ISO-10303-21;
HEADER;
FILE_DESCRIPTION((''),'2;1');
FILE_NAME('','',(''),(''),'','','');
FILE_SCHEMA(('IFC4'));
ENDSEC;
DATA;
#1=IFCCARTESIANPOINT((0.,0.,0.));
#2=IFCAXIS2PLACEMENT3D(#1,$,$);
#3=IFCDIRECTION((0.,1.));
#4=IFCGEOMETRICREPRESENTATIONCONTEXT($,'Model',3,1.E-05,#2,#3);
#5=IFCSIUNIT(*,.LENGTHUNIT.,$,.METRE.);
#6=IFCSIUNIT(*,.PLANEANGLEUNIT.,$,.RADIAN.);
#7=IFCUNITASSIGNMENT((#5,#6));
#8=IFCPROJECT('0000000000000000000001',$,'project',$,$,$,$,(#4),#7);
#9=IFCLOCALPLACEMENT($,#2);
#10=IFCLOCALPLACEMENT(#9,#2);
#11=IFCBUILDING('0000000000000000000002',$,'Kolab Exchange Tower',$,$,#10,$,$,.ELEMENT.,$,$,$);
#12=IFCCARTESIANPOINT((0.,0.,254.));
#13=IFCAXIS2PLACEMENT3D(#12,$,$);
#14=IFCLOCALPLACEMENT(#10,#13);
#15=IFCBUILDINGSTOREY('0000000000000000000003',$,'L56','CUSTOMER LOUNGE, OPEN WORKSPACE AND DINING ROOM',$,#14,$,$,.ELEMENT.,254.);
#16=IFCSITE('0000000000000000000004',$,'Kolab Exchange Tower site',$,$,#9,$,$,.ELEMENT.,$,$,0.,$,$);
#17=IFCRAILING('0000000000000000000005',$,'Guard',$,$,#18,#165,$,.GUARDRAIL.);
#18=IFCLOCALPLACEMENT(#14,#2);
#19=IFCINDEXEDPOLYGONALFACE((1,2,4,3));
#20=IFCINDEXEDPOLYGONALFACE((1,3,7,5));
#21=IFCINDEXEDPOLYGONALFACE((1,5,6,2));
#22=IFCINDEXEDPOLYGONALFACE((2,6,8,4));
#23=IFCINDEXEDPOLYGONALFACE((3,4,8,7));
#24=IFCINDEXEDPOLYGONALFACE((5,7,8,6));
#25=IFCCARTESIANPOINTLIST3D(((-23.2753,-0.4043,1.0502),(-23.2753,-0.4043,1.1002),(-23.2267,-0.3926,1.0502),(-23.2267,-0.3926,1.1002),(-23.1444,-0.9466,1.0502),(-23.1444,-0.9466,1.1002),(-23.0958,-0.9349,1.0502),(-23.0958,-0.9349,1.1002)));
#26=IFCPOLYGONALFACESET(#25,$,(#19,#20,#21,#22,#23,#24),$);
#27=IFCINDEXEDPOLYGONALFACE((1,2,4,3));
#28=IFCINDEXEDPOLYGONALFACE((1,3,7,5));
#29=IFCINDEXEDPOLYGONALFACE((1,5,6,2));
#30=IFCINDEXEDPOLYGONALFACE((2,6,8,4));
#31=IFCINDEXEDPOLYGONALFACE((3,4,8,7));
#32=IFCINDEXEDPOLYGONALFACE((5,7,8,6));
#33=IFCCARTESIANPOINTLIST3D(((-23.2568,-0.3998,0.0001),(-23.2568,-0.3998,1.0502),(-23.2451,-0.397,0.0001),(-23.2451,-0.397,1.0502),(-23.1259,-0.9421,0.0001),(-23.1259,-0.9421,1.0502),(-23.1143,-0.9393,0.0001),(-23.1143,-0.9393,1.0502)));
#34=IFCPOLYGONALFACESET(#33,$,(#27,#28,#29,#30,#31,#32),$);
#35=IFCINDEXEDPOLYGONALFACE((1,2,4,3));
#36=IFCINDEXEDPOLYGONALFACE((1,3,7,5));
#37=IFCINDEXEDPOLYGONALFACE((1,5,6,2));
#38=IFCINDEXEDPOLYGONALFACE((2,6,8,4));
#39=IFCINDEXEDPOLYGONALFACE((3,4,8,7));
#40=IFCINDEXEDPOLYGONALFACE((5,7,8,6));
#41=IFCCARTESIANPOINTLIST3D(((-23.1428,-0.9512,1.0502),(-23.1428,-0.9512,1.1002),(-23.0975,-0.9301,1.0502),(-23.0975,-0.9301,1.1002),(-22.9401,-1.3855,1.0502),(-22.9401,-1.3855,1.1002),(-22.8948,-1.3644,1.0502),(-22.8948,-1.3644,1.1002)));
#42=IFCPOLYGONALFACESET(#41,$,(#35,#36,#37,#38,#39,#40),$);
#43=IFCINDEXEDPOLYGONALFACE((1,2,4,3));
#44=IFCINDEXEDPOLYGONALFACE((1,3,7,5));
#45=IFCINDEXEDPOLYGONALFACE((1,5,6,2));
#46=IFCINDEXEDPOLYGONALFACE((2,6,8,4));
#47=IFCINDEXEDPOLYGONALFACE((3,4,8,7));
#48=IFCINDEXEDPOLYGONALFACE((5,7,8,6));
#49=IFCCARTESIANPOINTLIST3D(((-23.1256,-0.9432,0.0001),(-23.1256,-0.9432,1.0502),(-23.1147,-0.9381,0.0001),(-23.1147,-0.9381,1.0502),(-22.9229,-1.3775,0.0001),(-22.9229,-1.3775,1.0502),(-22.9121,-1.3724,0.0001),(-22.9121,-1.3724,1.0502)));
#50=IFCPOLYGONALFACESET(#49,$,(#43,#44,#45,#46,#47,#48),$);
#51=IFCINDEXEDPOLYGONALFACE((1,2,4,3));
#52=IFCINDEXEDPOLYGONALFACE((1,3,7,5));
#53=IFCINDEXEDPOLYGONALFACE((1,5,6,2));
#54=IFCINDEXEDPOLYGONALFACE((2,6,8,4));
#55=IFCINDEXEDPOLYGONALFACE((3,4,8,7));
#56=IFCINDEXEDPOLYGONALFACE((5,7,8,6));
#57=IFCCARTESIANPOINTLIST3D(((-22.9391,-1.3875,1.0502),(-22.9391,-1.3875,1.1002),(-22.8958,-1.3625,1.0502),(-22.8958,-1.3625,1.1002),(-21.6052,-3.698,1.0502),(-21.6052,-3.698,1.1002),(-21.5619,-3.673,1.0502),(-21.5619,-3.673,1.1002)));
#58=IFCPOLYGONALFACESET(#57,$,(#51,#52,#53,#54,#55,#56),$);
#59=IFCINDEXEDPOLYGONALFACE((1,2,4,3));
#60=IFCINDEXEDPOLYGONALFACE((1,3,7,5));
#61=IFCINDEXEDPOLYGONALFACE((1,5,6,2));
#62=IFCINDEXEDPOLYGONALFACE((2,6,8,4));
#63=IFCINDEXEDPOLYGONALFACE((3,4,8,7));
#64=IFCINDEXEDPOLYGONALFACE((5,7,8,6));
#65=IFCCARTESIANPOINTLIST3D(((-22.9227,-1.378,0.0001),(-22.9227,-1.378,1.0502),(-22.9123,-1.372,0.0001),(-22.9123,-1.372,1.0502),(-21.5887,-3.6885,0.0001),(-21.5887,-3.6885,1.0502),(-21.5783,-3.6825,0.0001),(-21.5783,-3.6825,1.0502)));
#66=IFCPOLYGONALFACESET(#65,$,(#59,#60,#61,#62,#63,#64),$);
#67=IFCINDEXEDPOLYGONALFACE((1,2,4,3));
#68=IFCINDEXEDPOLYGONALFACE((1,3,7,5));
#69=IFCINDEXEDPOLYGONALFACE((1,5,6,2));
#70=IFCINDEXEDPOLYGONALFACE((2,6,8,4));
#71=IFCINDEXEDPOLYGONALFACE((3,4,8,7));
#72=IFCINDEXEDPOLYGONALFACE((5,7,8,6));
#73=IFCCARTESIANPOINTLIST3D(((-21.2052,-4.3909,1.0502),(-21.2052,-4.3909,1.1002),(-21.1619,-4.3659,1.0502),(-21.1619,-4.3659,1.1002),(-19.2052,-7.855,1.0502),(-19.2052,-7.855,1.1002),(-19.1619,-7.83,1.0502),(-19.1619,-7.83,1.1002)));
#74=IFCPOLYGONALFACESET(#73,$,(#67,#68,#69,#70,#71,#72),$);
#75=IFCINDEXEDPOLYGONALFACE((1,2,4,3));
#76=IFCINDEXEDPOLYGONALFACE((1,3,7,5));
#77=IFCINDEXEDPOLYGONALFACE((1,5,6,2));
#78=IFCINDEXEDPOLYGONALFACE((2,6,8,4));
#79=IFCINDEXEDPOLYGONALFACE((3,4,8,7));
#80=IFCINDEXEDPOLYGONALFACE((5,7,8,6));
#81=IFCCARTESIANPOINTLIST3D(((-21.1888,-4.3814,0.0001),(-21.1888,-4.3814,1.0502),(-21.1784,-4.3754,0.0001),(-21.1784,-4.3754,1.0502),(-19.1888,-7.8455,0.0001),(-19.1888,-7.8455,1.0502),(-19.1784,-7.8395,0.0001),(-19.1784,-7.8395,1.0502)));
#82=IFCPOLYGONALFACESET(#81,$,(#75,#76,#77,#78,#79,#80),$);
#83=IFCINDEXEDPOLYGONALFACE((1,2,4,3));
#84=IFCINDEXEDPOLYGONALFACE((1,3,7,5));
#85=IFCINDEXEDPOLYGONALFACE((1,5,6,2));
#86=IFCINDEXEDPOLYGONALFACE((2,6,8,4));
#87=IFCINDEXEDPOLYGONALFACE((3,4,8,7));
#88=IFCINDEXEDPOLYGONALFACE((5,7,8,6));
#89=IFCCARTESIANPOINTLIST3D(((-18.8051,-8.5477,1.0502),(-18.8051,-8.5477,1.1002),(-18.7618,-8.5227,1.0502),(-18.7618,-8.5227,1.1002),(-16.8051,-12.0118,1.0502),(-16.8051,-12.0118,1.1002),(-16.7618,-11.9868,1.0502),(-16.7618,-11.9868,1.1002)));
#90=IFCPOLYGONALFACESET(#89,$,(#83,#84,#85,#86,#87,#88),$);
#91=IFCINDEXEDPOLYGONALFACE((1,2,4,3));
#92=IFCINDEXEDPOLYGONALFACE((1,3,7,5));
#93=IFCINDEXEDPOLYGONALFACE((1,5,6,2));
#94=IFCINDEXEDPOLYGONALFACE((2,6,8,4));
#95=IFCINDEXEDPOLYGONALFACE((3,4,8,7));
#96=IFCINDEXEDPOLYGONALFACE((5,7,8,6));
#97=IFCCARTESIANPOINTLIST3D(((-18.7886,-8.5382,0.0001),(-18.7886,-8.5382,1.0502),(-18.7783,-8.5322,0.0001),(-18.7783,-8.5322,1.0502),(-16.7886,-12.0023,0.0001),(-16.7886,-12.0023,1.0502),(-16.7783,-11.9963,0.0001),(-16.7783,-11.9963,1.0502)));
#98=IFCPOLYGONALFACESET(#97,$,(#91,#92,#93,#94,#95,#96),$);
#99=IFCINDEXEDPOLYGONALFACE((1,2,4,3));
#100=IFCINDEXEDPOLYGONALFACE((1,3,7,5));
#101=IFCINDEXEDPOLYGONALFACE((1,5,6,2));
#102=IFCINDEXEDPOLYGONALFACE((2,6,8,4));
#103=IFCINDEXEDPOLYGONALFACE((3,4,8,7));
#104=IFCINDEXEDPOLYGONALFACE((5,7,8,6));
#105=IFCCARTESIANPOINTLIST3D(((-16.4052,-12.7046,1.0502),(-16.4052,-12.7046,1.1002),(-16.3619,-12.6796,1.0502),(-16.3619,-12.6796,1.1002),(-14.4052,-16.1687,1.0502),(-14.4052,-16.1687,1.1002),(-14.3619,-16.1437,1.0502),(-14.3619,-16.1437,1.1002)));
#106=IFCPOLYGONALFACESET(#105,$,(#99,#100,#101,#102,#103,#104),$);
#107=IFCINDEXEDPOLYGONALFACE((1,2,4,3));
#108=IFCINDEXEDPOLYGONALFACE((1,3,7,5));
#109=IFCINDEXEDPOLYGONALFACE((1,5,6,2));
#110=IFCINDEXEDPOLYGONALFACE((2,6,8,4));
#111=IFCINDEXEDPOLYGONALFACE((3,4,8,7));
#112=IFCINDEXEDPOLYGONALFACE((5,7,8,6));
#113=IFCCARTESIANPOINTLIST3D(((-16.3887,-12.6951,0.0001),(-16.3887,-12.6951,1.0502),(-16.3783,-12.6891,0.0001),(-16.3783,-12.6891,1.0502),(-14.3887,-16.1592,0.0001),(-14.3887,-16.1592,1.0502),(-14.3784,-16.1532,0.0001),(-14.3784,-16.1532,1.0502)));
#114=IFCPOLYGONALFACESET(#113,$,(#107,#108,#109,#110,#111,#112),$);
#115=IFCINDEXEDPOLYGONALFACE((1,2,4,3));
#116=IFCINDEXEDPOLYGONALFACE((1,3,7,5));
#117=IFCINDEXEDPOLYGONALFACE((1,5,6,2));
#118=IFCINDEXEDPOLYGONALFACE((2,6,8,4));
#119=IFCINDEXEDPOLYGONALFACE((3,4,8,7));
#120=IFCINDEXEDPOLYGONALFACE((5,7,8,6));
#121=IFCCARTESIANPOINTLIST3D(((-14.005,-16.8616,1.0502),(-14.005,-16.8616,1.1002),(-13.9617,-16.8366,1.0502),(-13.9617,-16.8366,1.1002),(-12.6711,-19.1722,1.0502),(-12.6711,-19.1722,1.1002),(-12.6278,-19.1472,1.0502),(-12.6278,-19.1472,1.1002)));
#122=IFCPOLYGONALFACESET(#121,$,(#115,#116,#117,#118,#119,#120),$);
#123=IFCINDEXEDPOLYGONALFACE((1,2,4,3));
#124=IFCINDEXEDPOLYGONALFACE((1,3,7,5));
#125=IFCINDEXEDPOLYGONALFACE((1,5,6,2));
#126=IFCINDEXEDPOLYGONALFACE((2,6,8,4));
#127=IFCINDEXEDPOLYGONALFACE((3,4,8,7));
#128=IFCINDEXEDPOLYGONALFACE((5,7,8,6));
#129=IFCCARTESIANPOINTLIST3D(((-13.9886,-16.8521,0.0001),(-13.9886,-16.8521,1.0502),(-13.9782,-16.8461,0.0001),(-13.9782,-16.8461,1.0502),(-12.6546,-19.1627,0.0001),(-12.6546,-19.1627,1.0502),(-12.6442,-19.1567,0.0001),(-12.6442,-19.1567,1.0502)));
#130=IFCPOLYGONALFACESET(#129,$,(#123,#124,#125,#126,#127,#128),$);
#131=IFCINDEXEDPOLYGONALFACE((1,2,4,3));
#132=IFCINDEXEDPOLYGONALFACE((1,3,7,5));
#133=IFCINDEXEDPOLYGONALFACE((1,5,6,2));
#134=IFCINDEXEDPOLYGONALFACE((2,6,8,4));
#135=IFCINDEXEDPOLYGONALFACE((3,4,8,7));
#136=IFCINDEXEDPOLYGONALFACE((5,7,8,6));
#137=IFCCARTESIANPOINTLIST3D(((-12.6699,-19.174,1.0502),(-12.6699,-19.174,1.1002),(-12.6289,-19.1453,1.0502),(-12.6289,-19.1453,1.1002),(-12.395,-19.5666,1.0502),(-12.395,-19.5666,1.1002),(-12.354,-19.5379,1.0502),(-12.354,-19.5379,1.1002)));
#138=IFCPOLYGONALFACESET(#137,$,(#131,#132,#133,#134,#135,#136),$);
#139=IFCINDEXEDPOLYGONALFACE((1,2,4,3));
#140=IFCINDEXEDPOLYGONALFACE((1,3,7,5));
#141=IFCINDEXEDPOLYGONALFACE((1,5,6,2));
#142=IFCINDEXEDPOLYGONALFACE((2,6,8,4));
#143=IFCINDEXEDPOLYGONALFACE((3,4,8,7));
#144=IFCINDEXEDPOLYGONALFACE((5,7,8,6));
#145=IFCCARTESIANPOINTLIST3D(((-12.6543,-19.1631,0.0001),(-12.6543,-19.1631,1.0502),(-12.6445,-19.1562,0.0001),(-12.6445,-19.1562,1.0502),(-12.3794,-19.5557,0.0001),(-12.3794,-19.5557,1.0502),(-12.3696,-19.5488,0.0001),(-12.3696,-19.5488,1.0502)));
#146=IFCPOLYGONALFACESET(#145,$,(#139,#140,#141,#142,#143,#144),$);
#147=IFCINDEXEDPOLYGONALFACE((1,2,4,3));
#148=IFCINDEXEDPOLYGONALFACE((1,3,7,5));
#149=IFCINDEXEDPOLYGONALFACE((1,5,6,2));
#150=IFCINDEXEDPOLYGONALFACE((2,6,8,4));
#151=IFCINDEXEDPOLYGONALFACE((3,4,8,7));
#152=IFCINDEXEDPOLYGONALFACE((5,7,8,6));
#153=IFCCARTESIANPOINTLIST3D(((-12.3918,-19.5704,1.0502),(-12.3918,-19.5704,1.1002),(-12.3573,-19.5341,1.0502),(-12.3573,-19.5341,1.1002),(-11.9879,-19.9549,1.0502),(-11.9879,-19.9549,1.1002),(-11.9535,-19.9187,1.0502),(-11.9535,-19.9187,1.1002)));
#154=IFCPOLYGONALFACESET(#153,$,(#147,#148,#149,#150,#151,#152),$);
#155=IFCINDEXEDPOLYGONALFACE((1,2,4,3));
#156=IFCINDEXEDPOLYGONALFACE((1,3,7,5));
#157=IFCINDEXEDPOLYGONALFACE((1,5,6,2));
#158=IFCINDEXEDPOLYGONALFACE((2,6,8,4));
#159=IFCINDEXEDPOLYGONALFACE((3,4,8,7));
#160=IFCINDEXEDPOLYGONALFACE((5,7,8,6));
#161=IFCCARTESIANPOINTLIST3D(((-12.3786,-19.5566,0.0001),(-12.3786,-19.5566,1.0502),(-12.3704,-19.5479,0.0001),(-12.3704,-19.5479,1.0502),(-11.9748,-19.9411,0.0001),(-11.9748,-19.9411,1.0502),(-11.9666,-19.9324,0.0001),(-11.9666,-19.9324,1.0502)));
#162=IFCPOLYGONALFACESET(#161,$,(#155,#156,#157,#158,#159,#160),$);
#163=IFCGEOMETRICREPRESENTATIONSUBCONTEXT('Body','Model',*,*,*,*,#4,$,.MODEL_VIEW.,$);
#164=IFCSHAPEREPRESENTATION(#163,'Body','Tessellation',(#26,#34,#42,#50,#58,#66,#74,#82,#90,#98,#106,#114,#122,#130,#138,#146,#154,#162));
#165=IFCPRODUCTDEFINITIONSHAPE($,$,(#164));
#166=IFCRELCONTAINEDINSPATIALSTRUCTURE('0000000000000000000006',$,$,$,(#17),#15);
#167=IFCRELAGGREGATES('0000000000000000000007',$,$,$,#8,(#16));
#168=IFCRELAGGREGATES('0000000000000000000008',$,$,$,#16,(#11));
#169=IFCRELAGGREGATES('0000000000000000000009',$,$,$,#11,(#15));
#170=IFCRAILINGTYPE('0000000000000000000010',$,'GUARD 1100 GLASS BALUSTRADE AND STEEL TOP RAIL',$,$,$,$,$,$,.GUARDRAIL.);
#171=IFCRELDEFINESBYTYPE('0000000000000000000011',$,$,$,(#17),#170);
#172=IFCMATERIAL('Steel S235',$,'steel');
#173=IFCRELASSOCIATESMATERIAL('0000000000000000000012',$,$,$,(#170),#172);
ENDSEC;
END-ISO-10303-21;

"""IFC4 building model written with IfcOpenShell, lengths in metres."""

from ifc_helpers import new_model, si_unit, direction, frame, frame_2d, origin, origin_2d, place, context, subcontext, project, spatial, rectangle, extrude, material, type_object, element, save


model = new_model("IFC4")

# Units and contexts
model_context = context("Model", 3, precision=1e-05, world=origin(), true_north=direction((0.0, 1.0)))
body_context = subcontext(model_context, "Body", "Model", "MODEL_VIEW")
ifc_project = project(units=[si_unit("LENGTHUNIT", "METRE"), si_unit("PLANEANGLEUNIT", "RADIAN")], contexts=[model_context])

# Site, building, storey
site_placement = place(None, origin())
site = spatial("IfcSite", under=ifc_project, at=site_placement, Name="Kolab Exchange Tower site", CompositionType="ELEMENT", RefElevation=0.0)
building_placement = place(site_placement, origin())
building = spatial("IfcBuilding", under=site, at=building_placement, Name="Kolab Exchange Tower", CompositionType="ELEMENT")
storey_placement = place(building_placement, frame((0.0, 0.0, 254.0)))
storey = spatial("IfcBuildingStorey", under=building, at=storey_placement, Name="L56", Description="CUSTOMER LOUNGE, OPEN WORKSPACE AND DINING ROOM", CompositionType="ELEMENT", Elevation=254.0)

# Railing
ifc_material_1 = material(Name="Steel S235", Category="steel")
railing_type = type_object("IfcRailingType", Name="GUARD 1100 GLASS BALUSTRADE AND STEEL TOP RAIL", PredefinedType="GUARDRAIL", material=ifc_material_1)
railing_1_placement = place(storey_placement, frame((-23.251, -0.3984, 0.0)))
element("IfcRailing", 1, at=railing_1_placement, inside=storey, type_object=railing_type, Name="Guard", PredefinedType="GUARDRAIL", context=body_context, shape_type="SweptSolid", body=[
    extrude(rectangle(XDim=0.05, YDim=0.05, at=origin_2d()), frame((0.0, 0.0, 1.0752), z_axis=(0.234598, -0.972093, 0.0), x_axis=(0.972093, 0.234598, 0.0)), (0.0, 0.0, 1.0), 0.5579),
    extrude(rectangle(XDim=0.012, YDim=1.0501, at=frame_2d((0.0, 0.5251))), frame((0.0, 0.0, 0.0), z_axis=(0.234598, -0.972093, 0.0), x_axis=(0.972093, 0.234598, 0.0)), (0.0, 0.0, 1.0), 0.5579),
    extrude(rectangle(XDim=0.05, YDim=0.05, at=origin_2d()), frame((0.1309, -0.5422, 1.0752), z_axis=(0.422802, -0.906222, 0.0), x_axis=(0.906222, 0.422802, 0.0)), (0.0, 0.0, 1.0), 0.4792),
    extrude(rectangle(XDim=0.012, YDim=1.0501, at=frame_2d((0.0, 0.5251))), frame((0.1309, -0.5422, 0.0), z_axis=(0.422802, -0.906222, 0.0), x_axis=(0.906222, 0.422802, 0.0)), (0.0, 0.0, 1.0), 0.4792),
    extrude(rectangle(XDim=0.05, YDim=0.05, at=origin_2d()), frame((0.3335, -0.9766, 1.0752), z_axis=(0.499997, -0.866027, 0.0), x_axis=(0.866027, 0.499997, 0.0)), (0.0, 0.0, 1.0), 2.668),
    extrude(rectangle(XDim=0.012, YDim=1.0501, at=frame_2d((0.0, 0.5251))), frame((0.3335, -0.9766, 0.0), z_axis=(0.499997, -0.866027, 0.0), x_axis=(0.866027, 0.499997, 0.0)), (0.0, 0.0, 1.0), 2.668),
    extrude(rectangle(XDim=0.05, YDim=0.05, at=origin_2d()), frame((2.0674, -3.98, 1.0752), z_axis=(0.499999, -0.866026, 0.0), x_axis=(0.866026, 0.499999, 0.0)), (0.0, 0.0, 1.0), 4.0),
    extrude(rectangle(XDim=0.012, YDim=1.0501, at=frame_2d((0.0, 0.5251))), frame((2.0674, -3.98, 0.0), z_axis=(0.499999, -0.866026, 0.0), x_axis=(0.866026, 0.499999, 0.0)), (0.0, 0.0, 1.0), 4.0),
    extrude(rectangle(XDim=0.05, YDim=0.05, at=origin_2d()), frame((4.4675, -8.1367, 1.0752), z_axis=(0.499999, -0.866026, 0.0), x_axis=(0.866026, 0.499999, 0.0)), (0.0, 0.0, 1.0), 4.0),
    extrude(rectangle(XDim=0.012, YDim=1.0501, at=frame_2d((0.0, 0.5251))), frame((4.4675, -8.1367, 0.0), z_axis=(0.499999, -0.866026, 0.0), x_axis=(0.866026, 0.499999, 0.0)), (0.0, 0.0, 1.0), 4.0),
    extrude(rectangle(XDim=0.05, YDim=0.05, at=origin_2d()), frame((6.8674, -12.2937, 1.0752), z_axis=(0.499999, -0.866026, 0.0), x_axis=(0.866026, 0.499999, 0.0)), (0.0, 0.0, 1.0), 4.0),
    extrude(rectangle(XDim=0.012, YDim=1.0501, at=frame_2d((0.0, 0.5251))), frame((6.8674, -12.2937, 0.0), z_axis=(0.499999, -0.866026, 0.0), x_axis=(0.866026, 0.499999, 0.0)), (0.0, 0.0, 1.0), 4.0),
    extrude(rectangle(XDim=0.05, YDim=0.05, at=origin_2d()), frame((9.2676, -16.4507, 1.0752), z_axis=(0.499997, -0.866027, 0.0), x_axis=(0.866027, 0.499997, 0.0)), (0.0, 0.0, 1.0), 2.668),
    extrude(rectangle(XDim=0.012, YDim=1.0501, at=frame_2d((0.0, 0.5251))), frame((9.2676, -16.4507, 0.0), z_axis=(0.499997, -0.866027, 0.0), x_axis=(0.866027, 0.499997, 0.0)), (0.0, 0.0, 1.0), 2.668),
    extrude(rectangle(XDim=0.05, YDim=0.05, at=origin_2d()), frame((10.6016, -18.7612, 1.0752), z_axis=(0.573599, -0.819136, 0.0), x_axis=(0.819136, 0.573599, 0.0)), (0.0, 0.0, 1.0), 0.4792),
    extrude(rectangle(XDim=0.012, YDim=1.0501, at=frame_2d((0.0, 0.5251))), frame((10.6016, -18.7612, 0.0), z_axis=(0.573599, -0.819136, 0.0), x_axis=(0.819136, 0.573599, 0.0)), (0.0, 0.0, 1.0), 0.4792),
    extrude(rectangle(XDim=0.05, YDim=0.05, at=origin_2d()), frame((10.8765, -19.1538, 1.0752), z_axis=(0.72419, -0.689601, 0.0), x_axis=(0.689601, 0.72419, 0.0)), (0.0, 0.0, 1.0), 0.5576),
    extrude(rectangle(XDim=0.012, YDim=1.0501, at=frame_2d((0.0, 0.5251))), frame((10.8765, -19.1538, 0.0), z_axis=(0.72419, -0.689601, 0.0), x_axis=(0.689601, 0.72419, 0.0)), (0.0, 0.0, 1.0), 0.5576),
])

save(model, "model.ifc")
